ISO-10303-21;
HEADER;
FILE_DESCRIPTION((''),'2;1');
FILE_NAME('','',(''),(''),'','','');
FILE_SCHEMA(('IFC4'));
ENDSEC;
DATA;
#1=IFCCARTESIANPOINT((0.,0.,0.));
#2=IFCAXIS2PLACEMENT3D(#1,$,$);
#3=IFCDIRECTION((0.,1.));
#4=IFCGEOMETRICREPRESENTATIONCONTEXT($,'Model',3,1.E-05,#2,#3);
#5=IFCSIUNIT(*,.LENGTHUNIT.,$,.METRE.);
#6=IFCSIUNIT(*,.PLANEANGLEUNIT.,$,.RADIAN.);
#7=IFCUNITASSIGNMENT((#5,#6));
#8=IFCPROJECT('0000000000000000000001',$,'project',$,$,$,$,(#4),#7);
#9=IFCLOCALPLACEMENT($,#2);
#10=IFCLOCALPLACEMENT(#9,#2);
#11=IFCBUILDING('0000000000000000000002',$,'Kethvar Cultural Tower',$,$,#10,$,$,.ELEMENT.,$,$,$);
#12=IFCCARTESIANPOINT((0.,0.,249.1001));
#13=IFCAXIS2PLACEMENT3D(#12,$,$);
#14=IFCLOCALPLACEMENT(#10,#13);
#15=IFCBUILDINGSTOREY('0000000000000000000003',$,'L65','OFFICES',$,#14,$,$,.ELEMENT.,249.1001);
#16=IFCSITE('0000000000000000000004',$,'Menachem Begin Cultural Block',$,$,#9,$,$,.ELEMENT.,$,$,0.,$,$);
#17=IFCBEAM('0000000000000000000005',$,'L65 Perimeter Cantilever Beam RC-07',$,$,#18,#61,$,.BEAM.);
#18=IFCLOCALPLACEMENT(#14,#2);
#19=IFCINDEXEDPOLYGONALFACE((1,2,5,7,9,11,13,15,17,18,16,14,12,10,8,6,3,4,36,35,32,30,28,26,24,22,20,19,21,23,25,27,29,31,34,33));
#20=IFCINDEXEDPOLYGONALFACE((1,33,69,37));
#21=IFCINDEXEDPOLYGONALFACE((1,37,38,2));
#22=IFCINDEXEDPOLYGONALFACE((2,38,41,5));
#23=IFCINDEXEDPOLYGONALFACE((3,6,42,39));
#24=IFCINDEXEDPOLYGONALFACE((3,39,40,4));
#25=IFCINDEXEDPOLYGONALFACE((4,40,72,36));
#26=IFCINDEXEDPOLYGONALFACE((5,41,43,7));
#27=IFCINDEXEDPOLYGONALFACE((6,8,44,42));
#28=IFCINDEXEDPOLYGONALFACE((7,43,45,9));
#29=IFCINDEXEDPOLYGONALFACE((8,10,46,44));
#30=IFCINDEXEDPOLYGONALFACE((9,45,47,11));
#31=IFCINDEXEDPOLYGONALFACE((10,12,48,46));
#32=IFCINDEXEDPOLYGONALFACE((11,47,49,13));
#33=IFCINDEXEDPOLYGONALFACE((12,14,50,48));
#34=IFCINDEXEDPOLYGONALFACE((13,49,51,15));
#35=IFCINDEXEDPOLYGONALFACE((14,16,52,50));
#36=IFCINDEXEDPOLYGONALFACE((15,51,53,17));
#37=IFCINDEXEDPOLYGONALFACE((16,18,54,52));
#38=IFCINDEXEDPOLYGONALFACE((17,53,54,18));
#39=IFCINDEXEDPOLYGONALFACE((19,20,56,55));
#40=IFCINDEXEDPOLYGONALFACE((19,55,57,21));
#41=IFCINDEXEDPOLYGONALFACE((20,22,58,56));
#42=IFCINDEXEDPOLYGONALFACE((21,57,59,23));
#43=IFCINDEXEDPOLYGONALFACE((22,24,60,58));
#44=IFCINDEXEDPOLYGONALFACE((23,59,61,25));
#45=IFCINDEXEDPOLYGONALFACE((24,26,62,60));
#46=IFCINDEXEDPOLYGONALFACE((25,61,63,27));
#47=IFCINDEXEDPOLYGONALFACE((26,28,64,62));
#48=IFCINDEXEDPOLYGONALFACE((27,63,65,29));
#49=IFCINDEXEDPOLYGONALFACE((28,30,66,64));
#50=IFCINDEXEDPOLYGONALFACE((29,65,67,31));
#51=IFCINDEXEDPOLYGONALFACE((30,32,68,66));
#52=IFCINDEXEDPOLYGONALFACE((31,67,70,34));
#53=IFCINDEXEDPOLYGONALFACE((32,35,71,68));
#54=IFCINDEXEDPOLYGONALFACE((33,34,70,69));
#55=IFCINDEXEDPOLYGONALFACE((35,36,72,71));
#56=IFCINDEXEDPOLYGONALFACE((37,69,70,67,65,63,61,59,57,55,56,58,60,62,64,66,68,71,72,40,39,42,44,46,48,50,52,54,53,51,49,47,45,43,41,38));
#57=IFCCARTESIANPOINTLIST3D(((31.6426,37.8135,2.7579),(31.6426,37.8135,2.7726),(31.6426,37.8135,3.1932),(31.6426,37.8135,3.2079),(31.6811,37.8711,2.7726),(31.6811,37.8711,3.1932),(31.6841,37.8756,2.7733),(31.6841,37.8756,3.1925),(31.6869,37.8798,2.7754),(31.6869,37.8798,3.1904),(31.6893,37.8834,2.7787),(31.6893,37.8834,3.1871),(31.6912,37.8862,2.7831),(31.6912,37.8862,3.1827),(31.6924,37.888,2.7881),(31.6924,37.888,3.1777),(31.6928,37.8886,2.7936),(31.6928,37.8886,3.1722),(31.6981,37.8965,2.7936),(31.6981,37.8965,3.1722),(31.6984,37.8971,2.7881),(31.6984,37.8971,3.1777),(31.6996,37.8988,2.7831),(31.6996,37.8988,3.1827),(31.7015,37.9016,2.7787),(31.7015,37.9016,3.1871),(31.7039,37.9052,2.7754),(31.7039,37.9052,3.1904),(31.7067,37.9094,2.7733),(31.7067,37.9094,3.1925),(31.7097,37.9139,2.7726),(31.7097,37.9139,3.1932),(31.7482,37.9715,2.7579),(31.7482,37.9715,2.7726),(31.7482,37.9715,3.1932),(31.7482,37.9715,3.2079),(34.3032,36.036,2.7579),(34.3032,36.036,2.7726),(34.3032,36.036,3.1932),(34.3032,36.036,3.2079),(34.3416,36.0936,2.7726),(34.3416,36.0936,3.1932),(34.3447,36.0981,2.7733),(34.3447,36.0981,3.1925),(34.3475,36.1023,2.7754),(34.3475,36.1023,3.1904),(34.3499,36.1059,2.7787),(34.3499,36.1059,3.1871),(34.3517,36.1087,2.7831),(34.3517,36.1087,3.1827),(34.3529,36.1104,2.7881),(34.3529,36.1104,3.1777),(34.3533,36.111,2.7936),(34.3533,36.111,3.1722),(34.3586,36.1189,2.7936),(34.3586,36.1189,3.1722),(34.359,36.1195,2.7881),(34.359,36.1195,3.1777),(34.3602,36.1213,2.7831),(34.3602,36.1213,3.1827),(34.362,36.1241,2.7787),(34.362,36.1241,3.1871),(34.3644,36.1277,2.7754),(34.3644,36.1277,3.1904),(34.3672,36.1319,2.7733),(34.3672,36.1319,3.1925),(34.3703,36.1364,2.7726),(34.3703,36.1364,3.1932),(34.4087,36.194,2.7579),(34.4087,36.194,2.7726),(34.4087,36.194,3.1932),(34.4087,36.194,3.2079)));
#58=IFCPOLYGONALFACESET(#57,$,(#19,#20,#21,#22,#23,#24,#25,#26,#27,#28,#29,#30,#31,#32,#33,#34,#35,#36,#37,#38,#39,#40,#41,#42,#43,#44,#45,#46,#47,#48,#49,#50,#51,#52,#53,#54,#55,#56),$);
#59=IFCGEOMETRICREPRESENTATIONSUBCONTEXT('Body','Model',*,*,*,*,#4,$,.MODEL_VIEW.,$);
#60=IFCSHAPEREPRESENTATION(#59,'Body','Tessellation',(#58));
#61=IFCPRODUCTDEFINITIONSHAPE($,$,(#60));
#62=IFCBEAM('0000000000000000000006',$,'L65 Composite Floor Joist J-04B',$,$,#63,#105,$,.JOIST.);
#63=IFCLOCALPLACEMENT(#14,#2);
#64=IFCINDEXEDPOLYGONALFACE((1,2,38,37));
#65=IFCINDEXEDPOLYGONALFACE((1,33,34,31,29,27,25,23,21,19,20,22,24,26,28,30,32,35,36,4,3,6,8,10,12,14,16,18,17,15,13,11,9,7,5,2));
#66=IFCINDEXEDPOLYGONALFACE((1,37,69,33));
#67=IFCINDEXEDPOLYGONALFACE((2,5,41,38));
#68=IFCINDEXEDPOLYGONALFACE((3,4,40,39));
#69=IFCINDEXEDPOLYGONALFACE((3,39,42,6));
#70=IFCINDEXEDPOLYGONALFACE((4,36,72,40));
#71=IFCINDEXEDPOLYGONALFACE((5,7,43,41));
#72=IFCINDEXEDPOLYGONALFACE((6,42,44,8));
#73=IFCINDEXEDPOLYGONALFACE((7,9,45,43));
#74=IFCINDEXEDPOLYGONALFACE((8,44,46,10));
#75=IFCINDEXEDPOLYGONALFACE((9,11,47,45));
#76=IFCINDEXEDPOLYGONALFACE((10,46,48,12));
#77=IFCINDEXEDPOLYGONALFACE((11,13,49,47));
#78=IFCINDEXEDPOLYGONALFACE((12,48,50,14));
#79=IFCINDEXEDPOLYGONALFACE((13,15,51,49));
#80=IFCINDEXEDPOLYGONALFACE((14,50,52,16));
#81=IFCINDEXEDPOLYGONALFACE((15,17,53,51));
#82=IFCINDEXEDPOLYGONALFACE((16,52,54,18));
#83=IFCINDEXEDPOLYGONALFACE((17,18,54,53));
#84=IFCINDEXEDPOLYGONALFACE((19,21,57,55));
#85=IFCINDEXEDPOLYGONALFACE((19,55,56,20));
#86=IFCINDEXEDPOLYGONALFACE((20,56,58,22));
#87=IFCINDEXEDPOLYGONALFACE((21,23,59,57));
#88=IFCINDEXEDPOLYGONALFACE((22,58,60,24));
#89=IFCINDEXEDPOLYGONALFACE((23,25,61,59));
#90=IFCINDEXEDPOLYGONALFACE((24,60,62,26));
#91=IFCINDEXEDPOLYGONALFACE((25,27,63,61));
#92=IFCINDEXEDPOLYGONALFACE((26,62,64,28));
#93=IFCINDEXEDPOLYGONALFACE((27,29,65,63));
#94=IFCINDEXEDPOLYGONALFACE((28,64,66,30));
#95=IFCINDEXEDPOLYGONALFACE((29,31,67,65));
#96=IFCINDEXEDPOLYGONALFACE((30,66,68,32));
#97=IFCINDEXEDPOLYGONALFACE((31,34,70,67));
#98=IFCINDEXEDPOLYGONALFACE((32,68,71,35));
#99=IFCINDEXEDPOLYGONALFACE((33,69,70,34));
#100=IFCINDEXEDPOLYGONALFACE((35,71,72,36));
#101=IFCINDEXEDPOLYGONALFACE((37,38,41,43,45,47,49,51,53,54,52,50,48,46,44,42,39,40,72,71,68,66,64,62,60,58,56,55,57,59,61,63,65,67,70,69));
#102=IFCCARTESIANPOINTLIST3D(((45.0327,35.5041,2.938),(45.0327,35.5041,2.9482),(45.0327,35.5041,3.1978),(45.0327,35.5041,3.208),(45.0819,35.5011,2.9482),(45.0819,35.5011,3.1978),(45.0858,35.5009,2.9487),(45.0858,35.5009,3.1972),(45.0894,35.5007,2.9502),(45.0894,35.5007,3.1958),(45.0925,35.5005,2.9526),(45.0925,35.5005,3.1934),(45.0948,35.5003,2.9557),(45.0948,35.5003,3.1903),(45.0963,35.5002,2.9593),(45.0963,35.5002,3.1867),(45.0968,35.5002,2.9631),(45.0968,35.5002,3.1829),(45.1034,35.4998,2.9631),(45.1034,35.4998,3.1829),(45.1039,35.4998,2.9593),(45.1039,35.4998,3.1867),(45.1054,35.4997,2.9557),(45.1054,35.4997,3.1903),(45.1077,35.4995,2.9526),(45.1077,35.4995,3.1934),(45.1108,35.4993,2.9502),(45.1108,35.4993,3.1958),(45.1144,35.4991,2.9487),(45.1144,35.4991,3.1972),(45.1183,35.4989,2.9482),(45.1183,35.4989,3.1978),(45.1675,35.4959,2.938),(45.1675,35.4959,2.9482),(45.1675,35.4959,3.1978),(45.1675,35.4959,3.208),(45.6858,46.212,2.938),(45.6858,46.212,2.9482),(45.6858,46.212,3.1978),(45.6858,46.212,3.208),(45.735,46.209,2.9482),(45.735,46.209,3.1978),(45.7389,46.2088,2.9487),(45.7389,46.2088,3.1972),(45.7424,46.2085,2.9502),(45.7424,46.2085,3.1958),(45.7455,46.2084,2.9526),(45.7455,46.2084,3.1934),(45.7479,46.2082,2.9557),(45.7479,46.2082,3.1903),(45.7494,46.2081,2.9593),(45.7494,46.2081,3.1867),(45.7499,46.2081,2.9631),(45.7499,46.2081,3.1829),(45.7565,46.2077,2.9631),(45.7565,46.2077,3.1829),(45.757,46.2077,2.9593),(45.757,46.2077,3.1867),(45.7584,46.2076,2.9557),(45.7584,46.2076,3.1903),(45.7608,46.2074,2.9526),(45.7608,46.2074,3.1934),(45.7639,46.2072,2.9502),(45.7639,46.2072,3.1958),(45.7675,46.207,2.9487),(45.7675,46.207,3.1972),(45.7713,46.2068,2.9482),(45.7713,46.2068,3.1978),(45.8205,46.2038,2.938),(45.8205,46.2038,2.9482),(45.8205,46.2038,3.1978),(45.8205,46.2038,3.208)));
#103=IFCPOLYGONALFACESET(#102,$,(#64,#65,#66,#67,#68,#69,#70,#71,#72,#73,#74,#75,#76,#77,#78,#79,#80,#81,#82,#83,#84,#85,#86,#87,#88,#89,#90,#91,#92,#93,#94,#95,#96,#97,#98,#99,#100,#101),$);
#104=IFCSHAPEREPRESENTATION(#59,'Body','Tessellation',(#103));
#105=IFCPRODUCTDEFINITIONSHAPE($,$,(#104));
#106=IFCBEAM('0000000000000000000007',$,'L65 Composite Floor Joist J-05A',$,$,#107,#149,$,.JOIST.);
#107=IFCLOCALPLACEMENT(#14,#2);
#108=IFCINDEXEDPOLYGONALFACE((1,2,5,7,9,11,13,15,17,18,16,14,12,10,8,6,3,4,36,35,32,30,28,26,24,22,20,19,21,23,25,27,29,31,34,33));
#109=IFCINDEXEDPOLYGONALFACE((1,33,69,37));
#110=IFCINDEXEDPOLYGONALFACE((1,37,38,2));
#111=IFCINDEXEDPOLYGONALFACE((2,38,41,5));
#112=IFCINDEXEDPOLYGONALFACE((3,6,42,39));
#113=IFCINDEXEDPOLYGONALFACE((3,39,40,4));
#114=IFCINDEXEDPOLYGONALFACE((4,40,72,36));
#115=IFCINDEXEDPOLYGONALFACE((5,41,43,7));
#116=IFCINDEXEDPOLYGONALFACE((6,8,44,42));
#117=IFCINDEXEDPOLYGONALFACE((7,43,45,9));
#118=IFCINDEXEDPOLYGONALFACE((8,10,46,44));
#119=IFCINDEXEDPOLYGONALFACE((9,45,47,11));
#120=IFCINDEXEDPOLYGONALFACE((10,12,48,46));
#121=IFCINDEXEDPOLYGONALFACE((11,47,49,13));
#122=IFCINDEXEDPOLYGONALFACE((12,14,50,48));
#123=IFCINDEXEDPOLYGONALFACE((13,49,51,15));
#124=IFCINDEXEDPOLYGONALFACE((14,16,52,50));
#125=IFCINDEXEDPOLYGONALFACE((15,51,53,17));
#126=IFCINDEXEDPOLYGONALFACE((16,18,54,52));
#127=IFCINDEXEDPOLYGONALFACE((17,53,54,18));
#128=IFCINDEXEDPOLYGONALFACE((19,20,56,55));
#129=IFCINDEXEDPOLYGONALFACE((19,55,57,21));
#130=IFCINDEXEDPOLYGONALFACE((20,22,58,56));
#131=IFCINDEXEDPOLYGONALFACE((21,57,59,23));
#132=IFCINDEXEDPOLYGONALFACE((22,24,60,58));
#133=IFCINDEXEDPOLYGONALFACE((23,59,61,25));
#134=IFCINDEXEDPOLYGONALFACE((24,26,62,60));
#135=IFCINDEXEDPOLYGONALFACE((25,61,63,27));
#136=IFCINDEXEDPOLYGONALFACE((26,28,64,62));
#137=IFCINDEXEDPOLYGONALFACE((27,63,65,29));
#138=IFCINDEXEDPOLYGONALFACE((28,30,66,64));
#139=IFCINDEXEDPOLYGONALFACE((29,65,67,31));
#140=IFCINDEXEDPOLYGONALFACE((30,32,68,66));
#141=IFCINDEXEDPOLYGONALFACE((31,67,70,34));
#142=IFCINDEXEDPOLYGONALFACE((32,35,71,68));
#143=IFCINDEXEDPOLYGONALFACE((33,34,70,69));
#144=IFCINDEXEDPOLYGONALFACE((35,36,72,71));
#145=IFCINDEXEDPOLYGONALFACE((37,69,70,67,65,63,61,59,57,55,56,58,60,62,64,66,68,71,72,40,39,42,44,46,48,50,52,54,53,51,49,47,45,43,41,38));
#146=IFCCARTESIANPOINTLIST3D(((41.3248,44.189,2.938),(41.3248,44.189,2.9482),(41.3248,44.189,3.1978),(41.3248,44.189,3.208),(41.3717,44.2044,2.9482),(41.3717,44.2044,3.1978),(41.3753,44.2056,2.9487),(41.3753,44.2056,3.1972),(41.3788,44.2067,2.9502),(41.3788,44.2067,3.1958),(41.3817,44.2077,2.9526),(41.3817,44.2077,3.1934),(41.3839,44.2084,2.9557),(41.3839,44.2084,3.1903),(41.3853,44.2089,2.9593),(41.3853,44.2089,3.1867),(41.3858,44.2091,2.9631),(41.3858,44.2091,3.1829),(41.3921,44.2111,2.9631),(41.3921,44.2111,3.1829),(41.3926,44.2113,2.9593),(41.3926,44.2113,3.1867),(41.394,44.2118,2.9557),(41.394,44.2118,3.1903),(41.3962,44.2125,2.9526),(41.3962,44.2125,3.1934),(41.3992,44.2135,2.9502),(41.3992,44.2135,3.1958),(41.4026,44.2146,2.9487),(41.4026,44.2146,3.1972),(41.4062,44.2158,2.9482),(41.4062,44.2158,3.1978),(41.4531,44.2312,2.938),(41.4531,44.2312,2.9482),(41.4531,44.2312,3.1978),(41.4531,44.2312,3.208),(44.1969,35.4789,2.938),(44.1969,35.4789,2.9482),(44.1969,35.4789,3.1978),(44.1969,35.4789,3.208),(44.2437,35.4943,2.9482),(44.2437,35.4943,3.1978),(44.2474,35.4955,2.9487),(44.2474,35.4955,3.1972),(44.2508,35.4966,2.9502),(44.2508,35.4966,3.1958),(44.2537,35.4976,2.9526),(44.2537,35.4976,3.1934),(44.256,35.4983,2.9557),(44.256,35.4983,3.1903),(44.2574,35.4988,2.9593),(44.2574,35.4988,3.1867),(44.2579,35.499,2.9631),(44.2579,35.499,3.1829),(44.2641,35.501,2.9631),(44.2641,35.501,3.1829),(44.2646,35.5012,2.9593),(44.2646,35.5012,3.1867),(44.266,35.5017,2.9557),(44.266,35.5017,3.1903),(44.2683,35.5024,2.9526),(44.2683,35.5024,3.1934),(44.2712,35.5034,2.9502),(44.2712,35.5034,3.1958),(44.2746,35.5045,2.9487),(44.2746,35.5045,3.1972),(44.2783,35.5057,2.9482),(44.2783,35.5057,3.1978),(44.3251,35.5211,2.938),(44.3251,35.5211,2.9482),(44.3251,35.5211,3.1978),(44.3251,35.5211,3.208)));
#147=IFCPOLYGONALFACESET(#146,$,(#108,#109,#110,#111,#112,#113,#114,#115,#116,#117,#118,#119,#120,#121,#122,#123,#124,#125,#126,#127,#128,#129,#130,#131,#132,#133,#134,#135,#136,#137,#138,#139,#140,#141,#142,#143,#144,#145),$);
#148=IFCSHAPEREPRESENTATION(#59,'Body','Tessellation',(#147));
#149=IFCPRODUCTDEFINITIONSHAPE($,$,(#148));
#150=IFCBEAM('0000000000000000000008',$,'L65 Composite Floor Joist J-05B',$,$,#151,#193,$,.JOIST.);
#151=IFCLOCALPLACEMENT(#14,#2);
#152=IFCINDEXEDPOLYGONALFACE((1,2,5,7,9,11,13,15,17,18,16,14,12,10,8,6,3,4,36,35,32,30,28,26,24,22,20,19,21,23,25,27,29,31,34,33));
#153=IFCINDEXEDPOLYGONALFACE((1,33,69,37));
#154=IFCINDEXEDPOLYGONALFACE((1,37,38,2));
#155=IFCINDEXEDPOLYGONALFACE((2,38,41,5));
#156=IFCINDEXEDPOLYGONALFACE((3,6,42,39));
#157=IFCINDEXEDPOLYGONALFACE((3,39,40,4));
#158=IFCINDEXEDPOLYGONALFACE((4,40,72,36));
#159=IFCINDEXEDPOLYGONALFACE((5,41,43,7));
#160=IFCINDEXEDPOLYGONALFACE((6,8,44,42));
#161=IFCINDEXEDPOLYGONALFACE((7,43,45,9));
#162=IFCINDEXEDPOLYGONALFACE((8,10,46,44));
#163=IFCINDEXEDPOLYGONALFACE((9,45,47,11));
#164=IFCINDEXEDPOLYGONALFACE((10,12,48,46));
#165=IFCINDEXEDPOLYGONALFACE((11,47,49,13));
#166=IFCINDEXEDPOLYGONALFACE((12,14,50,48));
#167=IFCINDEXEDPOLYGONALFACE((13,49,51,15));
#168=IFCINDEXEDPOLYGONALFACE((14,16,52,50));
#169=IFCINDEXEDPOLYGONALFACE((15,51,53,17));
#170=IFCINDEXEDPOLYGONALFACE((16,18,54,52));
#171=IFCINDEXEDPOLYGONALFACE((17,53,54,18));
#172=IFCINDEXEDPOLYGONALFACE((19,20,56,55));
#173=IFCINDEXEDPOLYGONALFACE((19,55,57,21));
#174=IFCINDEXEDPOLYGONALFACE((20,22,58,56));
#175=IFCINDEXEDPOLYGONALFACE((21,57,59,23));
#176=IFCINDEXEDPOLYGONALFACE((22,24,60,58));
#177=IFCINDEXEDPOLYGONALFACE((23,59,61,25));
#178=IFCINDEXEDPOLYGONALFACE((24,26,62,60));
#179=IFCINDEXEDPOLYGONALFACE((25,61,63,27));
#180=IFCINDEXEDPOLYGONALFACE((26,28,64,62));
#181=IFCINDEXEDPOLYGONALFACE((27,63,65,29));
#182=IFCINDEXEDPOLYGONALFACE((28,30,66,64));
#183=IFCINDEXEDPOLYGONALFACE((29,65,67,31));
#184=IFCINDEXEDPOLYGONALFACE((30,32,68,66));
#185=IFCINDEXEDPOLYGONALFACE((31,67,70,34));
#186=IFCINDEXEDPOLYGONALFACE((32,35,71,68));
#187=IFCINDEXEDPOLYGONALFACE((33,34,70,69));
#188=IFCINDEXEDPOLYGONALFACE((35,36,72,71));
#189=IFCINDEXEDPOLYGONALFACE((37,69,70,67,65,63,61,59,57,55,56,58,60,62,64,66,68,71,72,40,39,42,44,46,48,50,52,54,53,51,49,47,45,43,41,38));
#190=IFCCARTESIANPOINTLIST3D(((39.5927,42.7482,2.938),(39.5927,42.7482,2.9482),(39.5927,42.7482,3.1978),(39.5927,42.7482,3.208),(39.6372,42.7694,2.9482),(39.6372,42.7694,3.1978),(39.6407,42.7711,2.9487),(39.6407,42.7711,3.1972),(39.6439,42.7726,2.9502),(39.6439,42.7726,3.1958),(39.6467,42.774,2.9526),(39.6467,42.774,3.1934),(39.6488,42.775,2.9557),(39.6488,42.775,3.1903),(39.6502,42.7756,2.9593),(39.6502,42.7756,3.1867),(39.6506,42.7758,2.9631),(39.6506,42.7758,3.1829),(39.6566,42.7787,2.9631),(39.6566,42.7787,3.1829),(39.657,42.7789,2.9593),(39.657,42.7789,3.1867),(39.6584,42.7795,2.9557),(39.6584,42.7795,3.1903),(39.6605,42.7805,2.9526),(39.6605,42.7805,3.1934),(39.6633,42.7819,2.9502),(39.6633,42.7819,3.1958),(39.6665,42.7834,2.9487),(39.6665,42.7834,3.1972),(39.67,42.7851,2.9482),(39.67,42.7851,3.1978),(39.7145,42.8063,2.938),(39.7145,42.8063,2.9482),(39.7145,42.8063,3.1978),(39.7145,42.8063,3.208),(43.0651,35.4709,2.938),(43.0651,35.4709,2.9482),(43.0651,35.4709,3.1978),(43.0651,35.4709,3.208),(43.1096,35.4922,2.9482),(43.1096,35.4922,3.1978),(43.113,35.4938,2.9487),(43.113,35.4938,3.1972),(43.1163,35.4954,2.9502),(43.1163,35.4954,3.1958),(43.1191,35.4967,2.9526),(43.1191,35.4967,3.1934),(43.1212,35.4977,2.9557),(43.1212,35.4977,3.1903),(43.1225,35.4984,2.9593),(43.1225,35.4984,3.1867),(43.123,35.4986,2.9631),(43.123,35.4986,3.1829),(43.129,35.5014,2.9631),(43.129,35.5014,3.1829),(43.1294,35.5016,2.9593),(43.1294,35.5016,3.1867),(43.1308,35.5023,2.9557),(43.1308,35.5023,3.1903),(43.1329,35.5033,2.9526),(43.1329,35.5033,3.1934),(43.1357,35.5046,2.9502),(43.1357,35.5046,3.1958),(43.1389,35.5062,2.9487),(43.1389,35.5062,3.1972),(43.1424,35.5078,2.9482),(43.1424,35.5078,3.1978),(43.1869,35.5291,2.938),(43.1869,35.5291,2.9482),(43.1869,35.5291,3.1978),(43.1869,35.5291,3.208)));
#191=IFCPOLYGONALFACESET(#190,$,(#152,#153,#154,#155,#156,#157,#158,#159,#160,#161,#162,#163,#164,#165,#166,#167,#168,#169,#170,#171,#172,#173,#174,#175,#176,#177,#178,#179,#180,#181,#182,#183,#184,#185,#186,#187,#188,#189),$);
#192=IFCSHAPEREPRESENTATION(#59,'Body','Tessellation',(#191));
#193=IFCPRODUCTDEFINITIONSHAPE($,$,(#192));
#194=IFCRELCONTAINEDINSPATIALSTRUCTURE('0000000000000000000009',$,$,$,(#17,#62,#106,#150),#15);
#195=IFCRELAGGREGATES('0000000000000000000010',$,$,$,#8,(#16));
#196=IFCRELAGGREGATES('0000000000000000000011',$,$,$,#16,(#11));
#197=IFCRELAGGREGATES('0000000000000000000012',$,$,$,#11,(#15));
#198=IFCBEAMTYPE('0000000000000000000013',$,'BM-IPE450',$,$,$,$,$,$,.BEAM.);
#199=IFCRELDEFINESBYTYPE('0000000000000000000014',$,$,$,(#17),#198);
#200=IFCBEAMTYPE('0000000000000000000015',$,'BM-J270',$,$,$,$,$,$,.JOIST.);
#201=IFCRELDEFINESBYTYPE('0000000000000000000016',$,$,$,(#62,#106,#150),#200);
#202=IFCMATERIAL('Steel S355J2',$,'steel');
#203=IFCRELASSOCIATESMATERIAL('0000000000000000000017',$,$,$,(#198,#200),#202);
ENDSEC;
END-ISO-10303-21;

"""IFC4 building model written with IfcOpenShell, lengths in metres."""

from ifc_helpers import new_model, si_unit, direction, frame, origin, origin_2d, place, context, subcontext, project, spatial, i_section, extrude, source, transform, mapped, material, material_profile, profile_set, type_object, element, save


model = new_model("IFC4")

# Units and contexts
model_context = context("Model", 3, precision=1e-05, world=origin(), true_north=direction((0.0, 1.0)))
body_context = subcontext(model_context, "Body", "Model", "MODEL_VIEW")
ifc_project = project(units=[si_unit("LENGTHUNIT", "METRE"), si_unit("PLANEANGLEUNIT", "RADIAN")], contexts=[model_context])

# Site, building, storey
site_placement = place(None, origin())
site = spatial("IfcSite", under=ifc_project, at=site_placement, Name="Menachem Begin Cultural Block", CompositionType="ELEMENT", RefElevation=0.0)
building_placement = place(site_placement, origin())
building = spatial("IfcBuilding", under=site, at=building_placement, Name="Kethvar Cultural Tower", CompositionType="ELEMENT")
storey_placement = place(building_placement, frame((0.0, 0.0, 249.1001)))
storey = spatial("IfcBuildingStorey", under=building, at=storey_placement, Name="L65", Description="OFFICES", CompositionType="ELEMENT", Elevation=249.1001)

# Beams
ifc_material_1 = material(Name="Steel S355J2", Category="steel")
ifc_material_profile_1 = material_profile(ifc_material_1, i_section(OverallWidth=0.1899, OverallDepth=0.45, WebThickness=0.0095, FlangeThickness=0.0146, FilletRadius=0.021, at=origin_2d()), Name="Steel S355J2 — IPE450")
ifc_profile_set_1 = profile_set([ifc_material_profile_1], Name="Steel S355J2 — IPE450")
beam_type_1 = type_object("IfcBeamType", Name="BM-IPE450", PredefinedType="BEAM", material=ifc_profile_set_1)
shared_shape_1 = source(origin(), body_context, "Body", "SweptSolid", [
    extrude(i_section(OverallWidth=0.1899, OverallDepth=0.45, WebThickness=0.0095, FlangeThickness=0.0146, FilletRadius=0.021, at=origin_2d()), origin(), (0.0, 0.0, 1.0), 3.1997),
])
beam_1_placement = place(storey_placement, frame((34.356, 36.115, 2.9829), z_axis=(-0.831498, 0.555527, 0.0), x_axis=(-0.555527, -0.831498, 0.0)))
element("IfcBeam", 1, at=beam_1_placement, inside=storey, type_object=beam_type_1, Name="L65 Perimeter Cantilever Beam RC-07", PredefinedType="BEAM", context=body_context, shape_type="MappedRepresentation", body=[
    mapped(shared_shape_1, transform((0.0, 0.0, 0.0), scale=1.0)),
])
ifc_material_profile_2 = material_profile(ifc_material_1, i_section(OverallWidth=0.135, OverallDepth=0.27, WebThickness=0.0066, FlangeThickness=0.0103, FilletRadius=0.0149, at=origin_2d()), Name="Steel S355J2 — IPE270")
ifc_profile_set_2 = profile_set([ifc_material_profile_2], Name="Steel S355J2 — IPE270")
beam_type_2 = type_object("IfcBeamType", Name="BM-J270", PredefinedType="JOIST", material=ifc_profile_set_2)
shared_shape_2 = source(origin(), body_context, "Body", "SweptSolid", [
    extrude(i_section(OverallWidth=0.135, OverallDepth=0.27, WebThickness=0.0066, FlangeThickness=0.0103, FilletRadius=0.0149, at=origin_2d()), origin(), (0.0, 0.0, 1.0), 10.7278),
])
beam_2_placement = place(storey_placement, frame((45.1001, 35.5, 3.073), z_axis=(0.060876, 0.998145, 0.0), x_axis=(-0.998145, 0.060876, 0.0)))
element("IfcBeam", 2, at=beam_2_placement, inside=storey, type_object=beam_type_2, Name="L65 Composite Floor Joist J-04B", PredefinedType="JOIST", context=body_context, shape_type="MappedRepresentation", body=[
    mapped(shared_shape_2, transform((0.0, 0.0, 0.0), scale=1.0)),
])
shared_shape_3 = source(origin(), body_context, "Body", "SweptSolid", [
    extrude(i_section(OverallWidth=0.135, OverallDepth=0.27, WebThickness=0.0066, FlangeThickness=0.0103, FilletRadius=0.0149, at=origin_2d()), origin(), (0.0, 0.0, 1.0), 9.1714),
])
beam_3_placement = place(storey_placement, frame((44.261, 35.5, 3.073), z_axis=(-0.313152, 0.949703, 0.0), x_axis=(-0.949703, -0.313152, 0.0)))
element("IfcBeam", 3, at=beam_3_placement, inside=storey, type_object=beam_type_2, Name="L65 Composite Floor Joist J-05A", PredefinedType="JOIST", context=body_context, shape_type="MappedRepresentation", body=[
    mapped(shared_shape_3, transform((0.0, 0.0, 0.0), scale=1.0)),
])
shared_shape_4 = source(origin(), body_context, "Body", "SweptSolid", [
    extrude(i_section(OverallWidth=0.135, OverallDepth=0.27, WebThickness=0.0066, FlangeThickness=0.0103, FilletRadius=0.0149, at=origin_2d()), origin(), (0.0, 0.0, 1.0), 8.0632),
])
beam_4_placement = place(storey_placement, frame((43.126, 35.5, 3.073), z_axis=(-0.430642, 0.902523, 0.0), x_axis=(-0.902523, -0.430642, 0.0)))
element("IfcBeam", 4, at=beam_4_placement, inside=storey, type_object=beam_type_2, Name="L65 Composite Floor Joist J-05B", PredefinedType="JOIST", context=body_context, shape_type="MappedRepresentation", body=[
    mapped(shared_shape_4, transform((0.0, 0.0, 0.0), scale=1.0)),
])

save(model, "model.ifc")
